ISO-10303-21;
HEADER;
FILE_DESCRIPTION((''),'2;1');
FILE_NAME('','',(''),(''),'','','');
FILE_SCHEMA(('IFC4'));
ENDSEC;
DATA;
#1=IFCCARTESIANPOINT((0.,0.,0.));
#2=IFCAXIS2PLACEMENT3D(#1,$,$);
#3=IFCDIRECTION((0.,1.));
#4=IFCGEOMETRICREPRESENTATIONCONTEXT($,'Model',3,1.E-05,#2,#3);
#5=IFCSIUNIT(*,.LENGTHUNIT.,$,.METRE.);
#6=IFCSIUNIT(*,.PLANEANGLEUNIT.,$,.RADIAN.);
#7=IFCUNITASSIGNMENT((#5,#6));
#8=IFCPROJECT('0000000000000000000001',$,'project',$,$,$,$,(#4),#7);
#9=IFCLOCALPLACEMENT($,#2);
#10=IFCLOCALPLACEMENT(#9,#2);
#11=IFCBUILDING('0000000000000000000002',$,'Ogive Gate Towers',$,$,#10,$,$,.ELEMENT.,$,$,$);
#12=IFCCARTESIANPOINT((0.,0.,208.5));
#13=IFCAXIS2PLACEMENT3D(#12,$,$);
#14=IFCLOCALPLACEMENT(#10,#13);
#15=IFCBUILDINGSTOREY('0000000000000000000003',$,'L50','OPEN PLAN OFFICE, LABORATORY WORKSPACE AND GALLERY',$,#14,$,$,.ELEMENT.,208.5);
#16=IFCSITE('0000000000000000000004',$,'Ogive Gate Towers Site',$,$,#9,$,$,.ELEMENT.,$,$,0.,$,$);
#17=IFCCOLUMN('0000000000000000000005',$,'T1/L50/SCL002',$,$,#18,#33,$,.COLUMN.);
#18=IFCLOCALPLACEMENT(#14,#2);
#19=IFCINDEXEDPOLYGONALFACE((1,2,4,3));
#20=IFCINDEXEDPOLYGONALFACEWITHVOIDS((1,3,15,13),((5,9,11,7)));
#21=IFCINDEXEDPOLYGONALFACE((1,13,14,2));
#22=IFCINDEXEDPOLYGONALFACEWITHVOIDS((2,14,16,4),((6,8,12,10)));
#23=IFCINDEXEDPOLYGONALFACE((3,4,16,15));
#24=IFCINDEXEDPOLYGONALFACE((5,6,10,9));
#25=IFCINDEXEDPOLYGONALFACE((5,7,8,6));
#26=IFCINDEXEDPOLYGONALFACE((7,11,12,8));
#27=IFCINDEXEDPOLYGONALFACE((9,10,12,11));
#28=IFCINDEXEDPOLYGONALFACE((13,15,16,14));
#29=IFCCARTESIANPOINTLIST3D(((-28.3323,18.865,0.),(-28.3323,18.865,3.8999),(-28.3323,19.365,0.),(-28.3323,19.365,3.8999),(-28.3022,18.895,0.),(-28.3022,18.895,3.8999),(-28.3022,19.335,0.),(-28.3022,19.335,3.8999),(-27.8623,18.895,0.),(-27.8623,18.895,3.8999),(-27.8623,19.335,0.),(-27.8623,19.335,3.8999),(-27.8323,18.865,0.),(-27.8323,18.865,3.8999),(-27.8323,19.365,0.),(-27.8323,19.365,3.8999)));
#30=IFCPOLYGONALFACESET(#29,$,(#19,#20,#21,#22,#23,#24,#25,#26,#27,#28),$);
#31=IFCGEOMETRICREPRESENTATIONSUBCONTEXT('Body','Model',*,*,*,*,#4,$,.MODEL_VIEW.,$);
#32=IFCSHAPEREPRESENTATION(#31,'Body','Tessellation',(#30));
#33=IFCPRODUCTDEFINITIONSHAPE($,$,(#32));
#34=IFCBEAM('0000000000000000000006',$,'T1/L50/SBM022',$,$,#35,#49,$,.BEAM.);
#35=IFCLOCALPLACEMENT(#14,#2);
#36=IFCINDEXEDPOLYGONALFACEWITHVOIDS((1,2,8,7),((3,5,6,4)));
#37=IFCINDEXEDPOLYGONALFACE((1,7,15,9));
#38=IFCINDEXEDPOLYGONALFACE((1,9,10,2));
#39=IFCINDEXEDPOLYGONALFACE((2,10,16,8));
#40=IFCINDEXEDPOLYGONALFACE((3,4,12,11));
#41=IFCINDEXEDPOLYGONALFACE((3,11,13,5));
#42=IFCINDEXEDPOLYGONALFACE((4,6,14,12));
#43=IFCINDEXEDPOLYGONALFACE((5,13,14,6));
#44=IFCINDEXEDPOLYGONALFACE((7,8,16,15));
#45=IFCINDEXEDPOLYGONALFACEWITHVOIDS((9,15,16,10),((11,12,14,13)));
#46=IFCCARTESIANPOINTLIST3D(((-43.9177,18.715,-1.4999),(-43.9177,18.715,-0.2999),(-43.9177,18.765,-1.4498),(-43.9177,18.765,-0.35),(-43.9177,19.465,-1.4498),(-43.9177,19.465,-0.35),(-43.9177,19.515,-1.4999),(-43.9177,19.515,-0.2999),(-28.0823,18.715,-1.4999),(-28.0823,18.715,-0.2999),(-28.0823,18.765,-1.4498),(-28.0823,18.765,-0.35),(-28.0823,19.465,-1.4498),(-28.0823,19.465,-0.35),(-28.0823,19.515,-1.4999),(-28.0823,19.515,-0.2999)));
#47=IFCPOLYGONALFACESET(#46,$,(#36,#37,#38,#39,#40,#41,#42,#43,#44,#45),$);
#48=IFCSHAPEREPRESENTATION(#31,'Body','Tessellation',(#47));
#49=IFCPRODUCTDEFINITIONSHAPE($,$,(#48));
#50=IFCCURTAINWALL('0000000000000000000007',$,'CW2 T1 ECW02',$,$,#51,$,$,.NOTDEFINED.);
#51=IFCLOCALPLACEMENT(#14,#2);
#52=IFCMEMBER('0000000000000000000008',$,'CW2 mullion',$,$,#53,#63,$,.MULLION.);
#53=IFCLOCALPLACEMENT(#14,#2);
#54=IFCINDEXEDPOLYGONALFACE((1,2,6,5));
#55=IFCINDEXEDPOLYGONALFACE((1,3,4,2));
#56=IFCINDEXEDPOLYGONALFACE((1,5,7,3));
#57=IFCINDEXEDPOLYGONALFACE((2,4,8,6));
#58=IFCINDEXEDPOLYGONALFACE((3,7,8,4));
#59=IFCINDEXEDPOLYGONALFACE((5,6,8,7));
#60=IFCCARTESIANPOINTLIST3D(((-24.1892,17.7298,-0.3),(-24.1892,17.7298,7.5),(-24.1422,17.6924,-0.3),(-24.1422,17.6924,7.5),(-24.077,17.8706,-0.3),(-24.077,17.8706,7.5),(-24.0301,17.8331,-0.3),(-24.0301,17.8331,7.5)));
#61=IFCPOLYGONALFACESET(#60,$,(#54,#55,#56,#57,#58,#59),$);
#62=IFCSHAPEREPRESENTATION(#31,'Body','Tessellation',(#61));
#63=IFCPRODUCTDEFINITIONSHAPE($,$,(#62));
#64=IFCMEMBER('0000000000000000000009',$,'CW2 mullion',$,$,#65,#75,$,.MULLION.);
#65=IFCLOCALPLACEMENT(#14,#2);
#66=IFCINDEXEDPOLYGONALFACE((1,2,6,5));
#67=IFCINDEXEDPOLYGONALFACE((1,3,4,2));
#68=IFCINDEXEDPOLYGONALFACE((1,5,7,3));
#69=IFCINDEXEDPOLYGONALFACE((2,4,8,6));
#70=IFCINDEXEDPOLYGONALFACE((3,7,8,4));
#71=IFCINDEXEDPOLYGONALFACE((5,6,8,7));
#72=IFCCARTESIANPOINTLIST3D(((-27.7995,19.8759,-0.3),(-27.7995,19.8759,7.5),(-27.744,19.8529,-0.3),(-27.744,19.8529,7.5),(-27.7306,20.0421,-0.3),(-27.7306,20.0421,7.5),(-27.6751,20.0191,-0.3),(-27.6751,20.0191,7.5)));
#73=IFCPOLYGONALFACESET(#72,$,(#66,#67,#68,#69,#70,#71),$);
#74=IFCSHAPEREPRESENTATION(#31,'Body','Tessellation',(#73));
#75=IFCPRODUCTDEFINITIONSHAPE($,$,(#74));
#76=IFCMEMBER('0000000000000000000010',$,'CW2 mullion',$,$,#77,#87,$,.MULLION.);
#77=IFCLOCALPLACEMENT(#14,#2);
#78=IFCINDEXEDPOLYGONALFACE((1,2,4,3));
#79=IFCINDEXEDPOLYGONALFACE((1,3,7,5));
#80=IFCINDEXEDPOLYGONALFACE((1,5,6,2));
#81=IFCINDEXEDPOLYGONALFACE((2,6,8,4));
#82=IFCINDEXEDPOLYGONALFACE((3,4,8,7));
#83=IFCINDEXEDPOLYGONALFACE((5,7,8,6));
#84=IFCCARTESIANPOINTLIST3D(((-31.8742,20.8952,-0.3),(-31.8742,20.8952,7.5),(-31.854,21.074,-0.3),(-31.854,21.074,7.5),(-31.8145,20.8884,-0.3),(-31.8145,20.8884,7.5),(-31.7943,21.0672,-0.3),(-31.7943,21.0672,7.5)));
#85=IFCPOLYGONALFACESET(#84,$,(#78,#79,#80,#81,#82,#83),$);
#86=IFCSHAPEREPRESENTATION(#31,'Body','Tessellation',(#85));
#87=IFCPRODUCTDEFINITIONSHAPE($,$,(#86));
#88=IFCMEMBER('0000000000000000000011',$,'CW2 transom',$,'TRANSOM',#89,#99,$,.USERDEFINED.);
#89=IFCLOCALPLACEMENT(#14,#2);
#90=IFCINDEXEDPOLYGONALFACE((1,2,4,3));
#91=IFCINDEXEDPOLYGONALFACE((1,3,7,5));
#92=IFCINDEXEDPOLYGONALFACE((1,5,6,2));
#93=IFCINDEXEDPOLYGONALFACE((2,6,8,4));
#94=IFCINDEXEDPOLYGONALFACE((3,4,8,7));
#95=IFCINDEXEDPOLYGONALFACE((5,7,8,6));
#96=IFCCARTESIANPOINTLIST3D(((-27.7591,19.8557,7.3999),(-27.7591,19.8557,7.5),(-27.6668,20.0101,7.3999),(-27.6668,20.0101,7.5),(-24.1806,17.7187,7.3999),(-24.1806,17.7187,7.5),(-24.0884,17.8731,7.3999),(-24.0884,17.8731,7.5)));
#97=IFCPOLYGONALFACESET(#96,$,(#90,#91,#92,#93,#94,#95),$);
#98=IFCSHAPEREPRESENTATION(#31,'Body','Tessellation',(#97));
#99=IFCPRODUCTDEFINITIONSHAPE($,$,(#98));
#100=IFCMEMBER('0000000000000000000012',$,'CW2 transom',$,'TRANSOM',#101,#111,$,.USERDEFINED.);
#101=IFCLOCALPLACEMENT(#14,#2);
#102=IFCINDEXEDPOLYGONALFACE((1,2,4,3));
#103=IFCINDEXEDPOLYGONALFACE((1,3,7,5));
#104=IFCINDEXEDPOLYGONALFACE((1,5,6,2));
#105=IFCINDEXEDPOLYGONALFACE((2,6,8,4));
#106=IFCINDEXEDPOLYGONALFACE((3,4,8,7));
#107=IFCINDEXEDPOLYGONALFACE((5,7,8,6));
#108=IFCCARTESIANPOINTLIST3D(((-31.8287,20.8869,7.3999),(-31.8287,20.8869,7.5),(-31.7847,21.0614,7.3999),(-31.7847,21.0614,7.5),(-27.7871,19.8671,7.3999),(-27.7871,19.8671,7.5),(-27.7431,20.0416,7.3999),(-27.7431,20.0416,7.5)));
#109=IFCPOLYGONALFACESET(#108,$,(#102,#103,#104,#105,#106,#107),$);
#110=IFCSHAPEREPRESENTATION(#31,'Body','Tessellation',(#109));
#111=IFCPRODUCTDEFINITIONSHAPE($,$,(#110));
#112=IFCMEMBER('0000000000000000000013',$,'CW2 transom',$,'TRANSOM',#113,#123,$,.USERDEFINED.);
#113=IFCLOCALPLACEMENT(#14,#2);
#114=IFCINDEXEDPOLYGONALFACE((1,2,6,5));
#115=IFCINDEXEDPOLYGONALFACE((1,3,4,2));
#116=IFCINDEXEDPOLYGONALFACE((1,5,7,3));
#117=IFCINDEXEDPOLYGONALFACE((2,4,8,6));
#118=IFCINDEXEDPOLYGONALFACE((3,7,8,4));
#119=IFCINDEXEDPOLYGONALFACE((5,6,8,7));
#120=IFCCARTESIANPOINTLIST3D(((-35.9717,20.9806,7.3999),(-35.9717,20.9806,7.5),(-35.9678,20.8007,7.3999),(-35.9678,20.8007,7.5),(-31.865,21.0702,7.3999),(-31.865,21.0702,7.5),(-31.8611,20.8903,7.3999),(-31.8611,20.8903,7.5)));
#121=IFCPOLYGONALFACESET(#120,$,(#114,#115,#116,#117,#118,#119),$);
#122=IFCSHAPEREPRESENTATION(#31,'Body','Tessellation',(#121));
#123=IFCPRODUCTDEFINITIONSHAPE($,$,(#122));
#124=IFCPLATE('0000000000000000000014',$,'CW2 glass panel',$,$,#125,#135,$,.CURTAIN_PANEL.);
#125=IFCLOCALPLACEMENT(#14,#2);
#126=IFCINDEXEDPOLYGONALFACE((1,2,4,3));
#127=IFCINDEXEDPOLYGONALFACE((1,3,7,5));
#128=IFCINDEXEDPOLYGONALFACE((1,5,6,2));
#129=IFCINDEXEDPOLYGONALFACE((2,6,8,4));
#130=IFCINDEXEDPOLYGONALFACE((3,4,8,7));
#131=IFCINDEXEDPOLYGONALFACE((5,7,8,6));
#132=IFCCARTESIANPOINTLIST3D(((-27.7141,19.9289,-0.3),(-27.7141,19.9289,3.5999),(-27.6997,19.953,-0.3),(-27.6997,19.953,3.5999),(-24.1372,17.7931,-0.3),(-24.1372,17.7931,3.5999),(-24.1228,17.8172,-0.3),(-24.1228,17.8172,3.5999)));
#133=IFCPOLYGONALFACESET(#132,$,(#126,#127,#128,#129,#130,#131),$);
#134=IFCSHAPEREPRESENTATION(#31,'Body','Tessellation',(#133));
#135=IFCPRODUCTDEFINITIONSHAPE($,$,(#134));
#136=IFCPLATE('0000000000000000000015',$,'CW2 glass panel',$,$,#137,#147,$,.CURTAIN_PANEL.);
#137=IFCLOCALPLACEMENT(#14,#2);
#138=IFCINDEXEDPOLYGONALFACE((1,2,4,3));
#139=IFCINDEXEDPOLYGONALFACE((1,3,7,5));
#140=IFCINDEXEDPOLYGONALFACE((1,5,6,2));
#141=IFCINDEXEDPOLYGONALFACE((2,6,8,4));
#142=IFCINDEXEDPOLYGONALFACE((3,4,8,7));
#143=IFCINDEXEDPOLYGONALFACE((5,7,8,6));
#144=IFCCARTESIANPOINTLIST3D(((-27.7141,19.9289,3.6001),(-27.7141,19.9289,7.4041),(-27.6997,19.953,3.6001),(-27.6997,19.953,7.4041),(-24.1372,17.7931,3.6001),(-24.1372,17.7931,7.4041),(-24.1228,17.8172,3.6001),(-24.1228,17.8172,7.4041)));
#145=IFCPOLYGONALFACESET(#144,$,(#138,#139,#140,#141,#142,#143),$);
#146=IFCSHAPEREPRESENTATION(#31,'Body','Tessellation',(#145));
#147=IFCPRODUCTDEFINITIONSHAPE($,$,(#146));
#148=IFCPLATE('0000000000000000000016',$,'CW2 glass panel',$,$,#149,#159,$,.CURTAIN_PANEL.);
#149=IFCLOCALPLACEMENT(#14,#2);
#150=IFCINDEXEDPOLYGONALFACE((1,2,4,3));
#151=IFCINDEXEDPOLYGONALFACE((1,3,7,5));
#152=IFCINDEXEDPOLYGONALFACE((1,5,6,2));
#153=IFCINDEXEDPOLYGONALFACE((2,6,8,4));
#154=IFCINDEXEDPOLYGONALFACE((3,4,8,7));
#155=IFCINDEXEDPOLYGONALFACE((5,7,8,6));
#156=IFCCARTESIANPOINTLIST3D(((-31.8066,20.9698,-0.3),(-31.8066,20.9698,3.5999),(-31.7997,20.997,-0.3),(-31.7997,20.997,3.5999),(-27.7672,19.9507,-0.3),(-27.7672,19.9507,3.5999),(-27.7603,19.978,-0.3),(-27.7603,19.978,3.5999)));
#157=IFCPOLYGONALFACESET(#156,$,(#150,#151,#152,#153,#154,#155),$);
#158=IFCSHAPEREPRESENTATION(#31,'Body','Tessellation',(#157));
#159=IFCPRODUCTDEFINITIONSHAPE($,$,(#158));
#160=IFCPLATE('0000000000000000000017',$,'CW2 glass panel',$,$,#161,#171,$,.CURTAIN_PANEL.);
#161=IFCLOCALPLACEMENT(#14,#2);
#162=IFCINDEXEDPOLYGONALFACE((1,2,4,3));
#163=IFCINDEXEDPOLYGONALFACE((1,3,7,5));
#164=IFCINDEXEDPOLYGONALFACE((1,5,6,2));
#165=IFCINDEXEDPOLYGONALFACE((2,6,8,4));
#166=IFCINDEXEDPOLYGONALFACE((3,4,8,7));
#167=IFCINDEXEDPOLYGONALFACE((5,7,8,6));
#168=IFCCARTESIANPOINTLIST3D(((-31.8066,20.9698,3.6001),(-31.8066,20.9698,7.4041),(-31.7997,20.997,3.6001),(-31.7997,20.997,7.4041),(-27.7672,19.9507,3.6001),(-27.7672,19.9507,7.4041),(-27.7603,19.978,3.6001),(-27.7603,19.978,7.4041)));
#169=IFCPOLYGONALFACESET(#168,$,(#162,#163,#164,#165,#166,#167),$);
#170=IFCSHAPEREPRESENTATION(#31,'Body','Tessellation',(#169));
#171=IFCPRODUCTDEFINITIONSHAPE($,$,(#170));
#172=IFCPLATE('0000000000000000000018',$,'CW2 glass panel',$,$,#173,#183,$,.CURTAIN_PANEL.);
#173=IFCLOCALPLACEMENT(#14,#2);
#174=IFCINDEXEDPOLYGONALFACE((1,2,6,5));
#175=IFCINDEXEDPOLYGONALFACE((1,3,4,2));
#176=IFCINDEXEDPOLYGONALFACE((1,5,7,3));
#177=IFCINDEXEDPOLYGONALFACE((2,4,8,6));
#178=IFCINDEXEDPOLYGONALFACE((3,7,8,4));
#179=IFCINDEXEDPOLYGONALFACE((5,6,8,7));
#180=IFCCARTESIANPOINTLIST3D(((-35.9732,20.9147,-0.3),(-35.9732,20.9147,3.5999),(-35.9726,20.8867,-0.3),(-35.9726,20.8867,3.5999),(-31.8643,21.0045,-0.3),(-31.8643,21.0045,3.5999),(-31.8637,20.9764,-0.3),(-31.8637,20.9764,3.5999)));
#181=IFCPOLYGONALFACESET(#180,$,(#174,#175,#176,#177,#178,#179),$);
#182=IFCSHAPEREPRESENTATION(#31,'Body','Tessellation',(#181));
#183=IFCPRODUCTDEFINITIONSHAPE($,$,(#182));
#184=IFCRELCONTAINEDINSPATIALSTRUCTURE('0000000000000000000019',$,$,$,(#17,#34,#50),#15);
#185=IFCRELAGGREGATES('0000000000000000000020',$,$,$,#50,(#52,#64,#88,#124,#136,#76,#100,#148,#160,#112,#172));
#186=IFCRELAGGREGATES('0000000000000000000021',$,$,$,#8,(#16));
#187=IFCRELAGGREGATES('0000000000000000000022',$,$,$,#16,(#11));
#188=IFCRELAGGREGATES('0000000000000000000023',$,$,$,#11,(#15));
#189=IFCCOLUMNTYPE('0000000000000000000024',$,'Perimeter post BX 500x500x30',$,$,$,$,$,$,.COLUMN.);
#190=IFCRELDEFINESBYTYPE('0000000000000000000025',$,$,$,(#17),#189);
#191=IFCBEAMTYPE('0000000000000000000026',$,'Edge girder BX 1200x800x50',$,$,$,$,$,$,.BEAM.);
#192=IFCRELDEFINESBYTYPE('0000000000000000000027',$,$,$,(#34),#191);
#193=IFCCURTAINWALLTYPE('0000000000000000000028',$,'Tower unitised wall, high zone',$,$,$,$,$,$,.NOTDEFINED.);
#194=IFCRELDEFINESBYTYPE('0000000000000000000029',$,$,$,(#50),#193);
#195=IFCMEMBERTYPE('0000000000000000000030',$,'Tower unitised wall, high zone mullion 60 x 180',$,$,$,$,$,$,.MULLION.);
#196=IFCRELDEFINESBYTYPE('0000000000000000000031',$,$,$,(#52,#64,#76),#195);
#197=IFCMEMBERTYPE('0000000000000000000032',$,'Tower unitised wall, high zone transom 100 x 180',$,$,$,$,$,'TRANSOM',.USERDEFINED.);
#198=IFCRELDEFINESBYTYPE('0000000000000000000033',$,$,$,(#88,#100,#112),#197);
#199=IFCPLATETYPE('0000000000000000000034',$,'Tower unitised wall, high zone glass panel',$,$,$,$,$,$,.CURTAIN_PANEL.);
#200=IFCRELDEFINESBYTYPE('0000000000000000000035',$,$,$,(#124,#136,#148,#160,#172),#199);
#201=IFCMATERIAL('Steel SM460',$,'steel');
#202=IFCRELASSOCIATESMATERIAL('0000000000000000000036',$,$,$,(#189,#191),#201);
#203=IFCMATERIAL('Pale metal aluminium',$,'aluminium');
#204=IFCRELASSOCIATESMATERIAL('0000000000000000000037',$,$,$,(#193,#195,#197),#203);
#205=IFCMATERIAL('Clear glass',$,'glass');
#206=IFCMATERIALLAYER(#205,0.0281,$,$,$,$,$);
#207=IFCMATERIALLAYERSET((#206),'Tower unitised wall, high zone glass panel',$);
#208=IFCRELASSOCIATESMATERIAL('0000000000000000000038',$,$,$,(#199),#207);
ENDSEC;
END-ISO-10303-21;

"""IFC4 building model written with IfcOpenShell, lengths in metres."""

from ifc_helpers import new_model, si_unit, direction, frame, origin, origin_2d, place, context, subcontext, project, spatial, rectangle, hollow_rectangle, extrude, material, layer, layer_set, material_profile, profile_set, type_object, element, aggregate, save


model = new_model("IFC4")

# Units and contexts
model_context = context("Model", 3, precision=1e-05, world=origin(), true_north=direction((0.0, 1.0)))
body_context = subcontext(model_context, "Body", "Model", "MODEL_VIEW")
ifc_project = project(units=[si_unit("LENGTHUNIT", "METRE"), si_unit("PLANEANGLEUNIT", "RADIAN")], contexts=[model_context])

# Site, building, storey
site_placement = place(None, origin())
site = spatial("IfcSite", under=ifc_project, at=site_placement, Name="Ogive Gate Towers Site", CompositionType="ELEMENT", RefElevation=0.0)
building_placement = place(site_placement, origin())
building = spatial("IfcBuilding", under=site, at=building_placement, Name="Ogive Gate Towers", CompositionType="ELEMENT")
storey_placement = place(building_placement, frame((0.0, 0.0, 208.5)))
storey = spatial("IfcBuildingStorey", under=building, at=storey_placement, Name="L50", Description="OPEN PLAN OFFICE, LABORATORY WORKSPACE AND GALLERY", CompositionType="ELEMENT", Elevation=208.5)

# Column
ifc_material_1 = material(Name="Steel SM460", Category="steel")
ifc_material_profile_1 = material_profile(ifc_material_1, hollow_rectangle(XDim=0.5, YDim=0.5, WallThickness=0.03, at=origin_2d()), Name="BX 500x500x30")
ifc_profile_set_1 = profile_set([ifc_material_profile_1], Name="Steel SM460")
column_type = type_object("IfcColumnType", Name="Perimeter post BX 500x500x30", PredefinedType="COLUMN", material=ifc_profile_set_1)
column_placement = place(storey_placement, frame((-28.0823, 19.115, 0.0), z_axis=(0.0, 0.0, 1.0), x_axis=(1.0, 0.0, 0.0)))
element("IfcColumn", 1, at=column_placement, inside=storey, type_object=column_type, Name="T1/L50/SCL002", PredefinedType="COLUMN", context=body_context, shape_type="SweptSolid", body=[
    extrude(hollow_rectangle(XDim=0.5, YDim=0.5, WallThickness=0.03, at=origin_2d()), origin(), (0.0, 0.0, 1.0), 3.8999),
])

# Beam
ifc_material_profile_2 = material_profile(ifc_material_1, hollow_rectangle(XDim=0.8, YDim=1.2, WallThickness=0.05, at=origin_2d()), Name="BX 1200x800x50")
ifc_profile_set_2 = profile_set([ifc_material_profile_2], Name="Steel SM460")
beam_type = type_object("IfcBeamType", Name="Edge girder BX 1200x800x50", PredefinedType="BEAM", material=ifc_profile_set_2)
beam_placement = place(storey_placement, frame((-28.0823, 19.115, -0.8999), z_axis=(-1.0, 0.0, 0.0), x_axis=(0.0, -1.0, 0.0)))
element("IfcBeam", 2, at=beam_placement, inside=storey, type_object=beam_type, Name="T1/L50/SBM022", PredefinedType="BEAM", context=body_context, shape_type="SweptSolid", body=[
    extrude(hollow_rectangle(XDim=0.8, YDim=1.2, WallThickness=0.05, at=origin_2d()), origin(), (0.0, 0.0, 1.0), 15.8354),
])

# Curtain wall, members, plates
ifc_material_2 = material(Name="Pale metal aluminium", Category="aluminium")
curtain_wall_type = type_object("IfcCurtainWallType", Name="Tower unitised wall, high zone", PredefinedType="NOTDEFINED", material=ifc_material_2)
curtain_wall_placement = place(storey_placement, origin())
curtain_wall = element("IfcCurtainWall", 3, at=curtain_wall_placement, inside=storey, type_object=curtain_wall_type, Name="CW2 T1 ECW02", PredefinedType="NOTDEFINED")
ifc_material_profile_3 = material_profile(ifc_material_2, rectangle(XDim=0.1799, YDim=0.0601, at=origin_2d()), Name="60 x 180 aluminium box")
ifc_profile_set_3 = profile_set([ifc_material_profile_3], Name="Pale metal aluminium")
member_type_1 = type_object("IfcMemberType", Name="Tower unitised wall, high zone mullion 60 x 180", PredefinedType="MULLION", material=ifc_profile_set_3)
member_1_placement = place(storey_placement, frame((-24.1096, 17.7815, -0.3), z_axis=(0.0, 0.0, 1.0), x_axis=(0.623156, 0.782097, 0.0)))
member_1 = element("IfcMember", 4, at=member_1_placement, type_object=member_type_1, Name="CW2 mullion", PredefinedType="MULLION", context=body_context, shape_type="SweptSolid", body=[
    extrude(rectangle(XDim=0.1799, YDim=0.0601, at=origin_2d()), origin(), (0.0, 0.0, 1.0), 7.8),
])
member_2_placement = place(storey_placement, frame((-27.7373, 19.9475, -0.3), z_axis=(0.0, 0.0, 1.0), x_axis=(0.382683, 0.92388, 0.0)))
member_2 = element("IfcMember", 5, at=member_2_placement, type_object=member_type_1, Name="CW2 mullion", PredefinedType="MULLION", context=body_context, shape_type="SweptSolid", body=[
    extrude(rectangle(XDim=0.1799, YDim=0.0601, at=origin_2d()), origin(), (0.0, 0.0, 1.0), 7.8),
])
member_3_placement = place(storey_placement, frame((-31.8342, 20.9812, -0.3), z_axis=(0.0, 0.0, 1.0), x_axis=(0.112405, 0.993662, 0.0)))
member_3 = element("IfcMember", 6, at=member_3_placement, type_object=member_type_1, Name="CW2 mullion", PredefinedType="MULLION", context=body_context, shape_type="SweptSolid", body=[
    extrude(rectangle(XDim=0.1799, YDim=0.0601, at=origin_2d()), origin(), (0.0, 0.0, 1.0), 7.8),
])
ifc_material_profile_4 = material_profile(ifc_material_2, rectangle(XDim=0.1799, YDim=0.1001, at=origin_2d()), Name="100 x 180 aluminium box")
ifc_profile_set_4 = profile_set([ifc_material_profile_4], Name="Pale metal aluminium")
member_type_2 = type_object("IfcMemberType", Name="Tower unitised wall, high zone transom 100 x 180", ElementType="TRANSOM", PredefinedType="USERDEFINED", material=ifc_profile_set_4)
member_4_placement = place(storey_placement, frame((-24.1345, 17.7959, 7.45), z_axis=(-0.858556, 0.51272, 0.0), x_axis=(-0.51272, -0.858556, 0.0)))
member_4 = element("IfcMember", 7, at=member_4_placement, type_object=member_type_2, Name="CW2 transom", ObjectType="TRANSOM", PredefinedType="USERDEFINED", context=body_context, shape_type="SweptSolid", body=[
    extrude(rectangle(XDim=0.1799, YDim=0.1001, at=origin_2d()), origin(), (0.0, 0.0, 1.0), 4.168),
])
member_5_placement = place(storey_placement, frame((-27.7651, 19.9543, 7.45), z_axis=(-0.96961, 0.244657, 0.0), x_axis=(-0.244657, -0.96961, 0.0)))
member_5 = element("IfcMember", 8, at=member_5_placement, type_object=member_type_2, Name="CW2 transom", ObjectType="TRANSOM", PredefinedType="USERDEFINED", context=body_context, shape_type="SweptSolid", body=[
    extrude(rectangle(XDim=0.1799, YDim=0.1001, at=origin_2d()), origin(), (0.0, 0.0, 1.0), 4.1682),
])
member_6_placement = place(storey_placement, frame((-31.863, 20.9802, 7.45), z_axis=(-0.999762, -0.021813, 0.0), x_axis=(0.021813, -0.999762, 0.0)))
member_6 = element("IfcMember", 9, at=member_6_placement, type_object=member_type_2, Name="CW2 transom", ObjectType="TRANSOM", PredefinedType="USERDEFINED", context=body_context, shape_type="SweptSolid", body=[
    extrude(rectangle(XDim=0.1799, YDim=0.1001, at=origin_2d()), origin(), (0.0, 0.0, 1.0), 4.1077),
])
ifc_material_3 = material(Name="Clear glass", Category="glass")
ifc_layer_1 = layer(ifc_material_3, 0.0281)
ifc_layer_set_1 = layer_set([ifc_layer_1], Name="Tower unitised wall, high zone glass panel")
plate_type = type_object("IfcPlateType", Name="Tower unitised wall, high zone glass panel", PredefinedType="CURTAIN_PANEL", material=ifc_layer_set_1)
plate_1_placement = place(storey_placement, frame((-25.9185, 18.873, -0.3), z_axis=(0.0, 0.0, 1.0), x_axis=(-0.858584, 0.512672, 0.0)))
plate_1 = element("IfcPlate", 10, at=plate_1_placement, type_object=plate_type, Name="CW2 glass panel", PredefinedType="CURTAIN_PANEL", context=body_context, shape_type="SweptSolid", body=[
    extrude(rectangle(XDim=4.166, YDim=0.0281, at=origin_2d()), origin(), (0.0, 0.0, 1.0), 3.8999),
])
plate_2_placement = place(storey_placement, frame((-25.9185, 18.873, 3.6001), z_axis=(0.0, 0.0, 1.0), x_axis=(-0.858584, 0.512672, 0.0)))
plate_2 = element("IfcPlate", 11, at=plate_2_placement, type_object=plate_type, Name="CW2 glass panel", PredefinedType="CURTAIN_PANEL", context=body_context, shape_type="SweptSolid", body=[
    extrude(rectangle(XDim=4.166, YDim=0.0281, at=origin_2d()), origin(), (0.0, 0.0, 1.0), 3.804),
])
plate_3_placement = place(storey_placement, frame((-29.7834, 20.4739, -0.3), z_axis=(0.0, 0.0, 1.0), x_axis=(-0.969621, 0.244614, 0.0)))
plate_3 = element("IfcPlate", 12, at=plate_3_placement, type_object=plate_type, Name="CW2 glass panel", PredefinedType="CURTAIN_PANEL", context=body_context, shape_type="SweptSolid", body=[
    extrude(rectangle(XDim=4.166, YDim=0.0281, at=origin_2d()), origin(), (0.0, 0.0, 1.0), 3.8999),
])
plate_4_placement = place(storey_placement, frame((-29.7834, 20.4739, 3.6001), z_axis=(0.0, 0.0, 1.0), x_axis=(-0.969621, 0.244614, 0.0)))
plate_4 = element("IfcPlate", 13, at=plate_4_placement, type_object=plate_type, Name="CW2 glass panel", PredefinedType="CURTAIN_PANEL", context=body_context, shape_type="SweptSolid", body=[
    extrude(rectangle(XDim=4.166, YDim=0.0281, at=origin_2d()), origin(), (0.0, 0.0, 1.0), 3.804),
])
plate_5_placement = place(storey_placement, frame((-33.9185, 20.9456, -0.3), z_axis=(0.0, 0.0, 1.0), x_axis=(-0.999762, -0.021832, 0.0)))
plate_5 = element("IfcPlate", 14, at=plate_5_placement, type_object=plate_type, Name="CW2 glass panel", PredefinedType="CURTAIN_PANEL", context=body_context, shape_type="SweptSolid", body=[
    extrude(rectangle(XDim=4.1099, YDim=0.0281, at=origin_2d()), origin(), (0.0, 0.0, 1.0), 3.8999),
])
aggregate(curtain_wall, [member_1, member_2, member_4, plate_1, plate_2, member_3, member_5, plate_3, plate_4, member_6, plate_5])

save(model, "model.ifc")
